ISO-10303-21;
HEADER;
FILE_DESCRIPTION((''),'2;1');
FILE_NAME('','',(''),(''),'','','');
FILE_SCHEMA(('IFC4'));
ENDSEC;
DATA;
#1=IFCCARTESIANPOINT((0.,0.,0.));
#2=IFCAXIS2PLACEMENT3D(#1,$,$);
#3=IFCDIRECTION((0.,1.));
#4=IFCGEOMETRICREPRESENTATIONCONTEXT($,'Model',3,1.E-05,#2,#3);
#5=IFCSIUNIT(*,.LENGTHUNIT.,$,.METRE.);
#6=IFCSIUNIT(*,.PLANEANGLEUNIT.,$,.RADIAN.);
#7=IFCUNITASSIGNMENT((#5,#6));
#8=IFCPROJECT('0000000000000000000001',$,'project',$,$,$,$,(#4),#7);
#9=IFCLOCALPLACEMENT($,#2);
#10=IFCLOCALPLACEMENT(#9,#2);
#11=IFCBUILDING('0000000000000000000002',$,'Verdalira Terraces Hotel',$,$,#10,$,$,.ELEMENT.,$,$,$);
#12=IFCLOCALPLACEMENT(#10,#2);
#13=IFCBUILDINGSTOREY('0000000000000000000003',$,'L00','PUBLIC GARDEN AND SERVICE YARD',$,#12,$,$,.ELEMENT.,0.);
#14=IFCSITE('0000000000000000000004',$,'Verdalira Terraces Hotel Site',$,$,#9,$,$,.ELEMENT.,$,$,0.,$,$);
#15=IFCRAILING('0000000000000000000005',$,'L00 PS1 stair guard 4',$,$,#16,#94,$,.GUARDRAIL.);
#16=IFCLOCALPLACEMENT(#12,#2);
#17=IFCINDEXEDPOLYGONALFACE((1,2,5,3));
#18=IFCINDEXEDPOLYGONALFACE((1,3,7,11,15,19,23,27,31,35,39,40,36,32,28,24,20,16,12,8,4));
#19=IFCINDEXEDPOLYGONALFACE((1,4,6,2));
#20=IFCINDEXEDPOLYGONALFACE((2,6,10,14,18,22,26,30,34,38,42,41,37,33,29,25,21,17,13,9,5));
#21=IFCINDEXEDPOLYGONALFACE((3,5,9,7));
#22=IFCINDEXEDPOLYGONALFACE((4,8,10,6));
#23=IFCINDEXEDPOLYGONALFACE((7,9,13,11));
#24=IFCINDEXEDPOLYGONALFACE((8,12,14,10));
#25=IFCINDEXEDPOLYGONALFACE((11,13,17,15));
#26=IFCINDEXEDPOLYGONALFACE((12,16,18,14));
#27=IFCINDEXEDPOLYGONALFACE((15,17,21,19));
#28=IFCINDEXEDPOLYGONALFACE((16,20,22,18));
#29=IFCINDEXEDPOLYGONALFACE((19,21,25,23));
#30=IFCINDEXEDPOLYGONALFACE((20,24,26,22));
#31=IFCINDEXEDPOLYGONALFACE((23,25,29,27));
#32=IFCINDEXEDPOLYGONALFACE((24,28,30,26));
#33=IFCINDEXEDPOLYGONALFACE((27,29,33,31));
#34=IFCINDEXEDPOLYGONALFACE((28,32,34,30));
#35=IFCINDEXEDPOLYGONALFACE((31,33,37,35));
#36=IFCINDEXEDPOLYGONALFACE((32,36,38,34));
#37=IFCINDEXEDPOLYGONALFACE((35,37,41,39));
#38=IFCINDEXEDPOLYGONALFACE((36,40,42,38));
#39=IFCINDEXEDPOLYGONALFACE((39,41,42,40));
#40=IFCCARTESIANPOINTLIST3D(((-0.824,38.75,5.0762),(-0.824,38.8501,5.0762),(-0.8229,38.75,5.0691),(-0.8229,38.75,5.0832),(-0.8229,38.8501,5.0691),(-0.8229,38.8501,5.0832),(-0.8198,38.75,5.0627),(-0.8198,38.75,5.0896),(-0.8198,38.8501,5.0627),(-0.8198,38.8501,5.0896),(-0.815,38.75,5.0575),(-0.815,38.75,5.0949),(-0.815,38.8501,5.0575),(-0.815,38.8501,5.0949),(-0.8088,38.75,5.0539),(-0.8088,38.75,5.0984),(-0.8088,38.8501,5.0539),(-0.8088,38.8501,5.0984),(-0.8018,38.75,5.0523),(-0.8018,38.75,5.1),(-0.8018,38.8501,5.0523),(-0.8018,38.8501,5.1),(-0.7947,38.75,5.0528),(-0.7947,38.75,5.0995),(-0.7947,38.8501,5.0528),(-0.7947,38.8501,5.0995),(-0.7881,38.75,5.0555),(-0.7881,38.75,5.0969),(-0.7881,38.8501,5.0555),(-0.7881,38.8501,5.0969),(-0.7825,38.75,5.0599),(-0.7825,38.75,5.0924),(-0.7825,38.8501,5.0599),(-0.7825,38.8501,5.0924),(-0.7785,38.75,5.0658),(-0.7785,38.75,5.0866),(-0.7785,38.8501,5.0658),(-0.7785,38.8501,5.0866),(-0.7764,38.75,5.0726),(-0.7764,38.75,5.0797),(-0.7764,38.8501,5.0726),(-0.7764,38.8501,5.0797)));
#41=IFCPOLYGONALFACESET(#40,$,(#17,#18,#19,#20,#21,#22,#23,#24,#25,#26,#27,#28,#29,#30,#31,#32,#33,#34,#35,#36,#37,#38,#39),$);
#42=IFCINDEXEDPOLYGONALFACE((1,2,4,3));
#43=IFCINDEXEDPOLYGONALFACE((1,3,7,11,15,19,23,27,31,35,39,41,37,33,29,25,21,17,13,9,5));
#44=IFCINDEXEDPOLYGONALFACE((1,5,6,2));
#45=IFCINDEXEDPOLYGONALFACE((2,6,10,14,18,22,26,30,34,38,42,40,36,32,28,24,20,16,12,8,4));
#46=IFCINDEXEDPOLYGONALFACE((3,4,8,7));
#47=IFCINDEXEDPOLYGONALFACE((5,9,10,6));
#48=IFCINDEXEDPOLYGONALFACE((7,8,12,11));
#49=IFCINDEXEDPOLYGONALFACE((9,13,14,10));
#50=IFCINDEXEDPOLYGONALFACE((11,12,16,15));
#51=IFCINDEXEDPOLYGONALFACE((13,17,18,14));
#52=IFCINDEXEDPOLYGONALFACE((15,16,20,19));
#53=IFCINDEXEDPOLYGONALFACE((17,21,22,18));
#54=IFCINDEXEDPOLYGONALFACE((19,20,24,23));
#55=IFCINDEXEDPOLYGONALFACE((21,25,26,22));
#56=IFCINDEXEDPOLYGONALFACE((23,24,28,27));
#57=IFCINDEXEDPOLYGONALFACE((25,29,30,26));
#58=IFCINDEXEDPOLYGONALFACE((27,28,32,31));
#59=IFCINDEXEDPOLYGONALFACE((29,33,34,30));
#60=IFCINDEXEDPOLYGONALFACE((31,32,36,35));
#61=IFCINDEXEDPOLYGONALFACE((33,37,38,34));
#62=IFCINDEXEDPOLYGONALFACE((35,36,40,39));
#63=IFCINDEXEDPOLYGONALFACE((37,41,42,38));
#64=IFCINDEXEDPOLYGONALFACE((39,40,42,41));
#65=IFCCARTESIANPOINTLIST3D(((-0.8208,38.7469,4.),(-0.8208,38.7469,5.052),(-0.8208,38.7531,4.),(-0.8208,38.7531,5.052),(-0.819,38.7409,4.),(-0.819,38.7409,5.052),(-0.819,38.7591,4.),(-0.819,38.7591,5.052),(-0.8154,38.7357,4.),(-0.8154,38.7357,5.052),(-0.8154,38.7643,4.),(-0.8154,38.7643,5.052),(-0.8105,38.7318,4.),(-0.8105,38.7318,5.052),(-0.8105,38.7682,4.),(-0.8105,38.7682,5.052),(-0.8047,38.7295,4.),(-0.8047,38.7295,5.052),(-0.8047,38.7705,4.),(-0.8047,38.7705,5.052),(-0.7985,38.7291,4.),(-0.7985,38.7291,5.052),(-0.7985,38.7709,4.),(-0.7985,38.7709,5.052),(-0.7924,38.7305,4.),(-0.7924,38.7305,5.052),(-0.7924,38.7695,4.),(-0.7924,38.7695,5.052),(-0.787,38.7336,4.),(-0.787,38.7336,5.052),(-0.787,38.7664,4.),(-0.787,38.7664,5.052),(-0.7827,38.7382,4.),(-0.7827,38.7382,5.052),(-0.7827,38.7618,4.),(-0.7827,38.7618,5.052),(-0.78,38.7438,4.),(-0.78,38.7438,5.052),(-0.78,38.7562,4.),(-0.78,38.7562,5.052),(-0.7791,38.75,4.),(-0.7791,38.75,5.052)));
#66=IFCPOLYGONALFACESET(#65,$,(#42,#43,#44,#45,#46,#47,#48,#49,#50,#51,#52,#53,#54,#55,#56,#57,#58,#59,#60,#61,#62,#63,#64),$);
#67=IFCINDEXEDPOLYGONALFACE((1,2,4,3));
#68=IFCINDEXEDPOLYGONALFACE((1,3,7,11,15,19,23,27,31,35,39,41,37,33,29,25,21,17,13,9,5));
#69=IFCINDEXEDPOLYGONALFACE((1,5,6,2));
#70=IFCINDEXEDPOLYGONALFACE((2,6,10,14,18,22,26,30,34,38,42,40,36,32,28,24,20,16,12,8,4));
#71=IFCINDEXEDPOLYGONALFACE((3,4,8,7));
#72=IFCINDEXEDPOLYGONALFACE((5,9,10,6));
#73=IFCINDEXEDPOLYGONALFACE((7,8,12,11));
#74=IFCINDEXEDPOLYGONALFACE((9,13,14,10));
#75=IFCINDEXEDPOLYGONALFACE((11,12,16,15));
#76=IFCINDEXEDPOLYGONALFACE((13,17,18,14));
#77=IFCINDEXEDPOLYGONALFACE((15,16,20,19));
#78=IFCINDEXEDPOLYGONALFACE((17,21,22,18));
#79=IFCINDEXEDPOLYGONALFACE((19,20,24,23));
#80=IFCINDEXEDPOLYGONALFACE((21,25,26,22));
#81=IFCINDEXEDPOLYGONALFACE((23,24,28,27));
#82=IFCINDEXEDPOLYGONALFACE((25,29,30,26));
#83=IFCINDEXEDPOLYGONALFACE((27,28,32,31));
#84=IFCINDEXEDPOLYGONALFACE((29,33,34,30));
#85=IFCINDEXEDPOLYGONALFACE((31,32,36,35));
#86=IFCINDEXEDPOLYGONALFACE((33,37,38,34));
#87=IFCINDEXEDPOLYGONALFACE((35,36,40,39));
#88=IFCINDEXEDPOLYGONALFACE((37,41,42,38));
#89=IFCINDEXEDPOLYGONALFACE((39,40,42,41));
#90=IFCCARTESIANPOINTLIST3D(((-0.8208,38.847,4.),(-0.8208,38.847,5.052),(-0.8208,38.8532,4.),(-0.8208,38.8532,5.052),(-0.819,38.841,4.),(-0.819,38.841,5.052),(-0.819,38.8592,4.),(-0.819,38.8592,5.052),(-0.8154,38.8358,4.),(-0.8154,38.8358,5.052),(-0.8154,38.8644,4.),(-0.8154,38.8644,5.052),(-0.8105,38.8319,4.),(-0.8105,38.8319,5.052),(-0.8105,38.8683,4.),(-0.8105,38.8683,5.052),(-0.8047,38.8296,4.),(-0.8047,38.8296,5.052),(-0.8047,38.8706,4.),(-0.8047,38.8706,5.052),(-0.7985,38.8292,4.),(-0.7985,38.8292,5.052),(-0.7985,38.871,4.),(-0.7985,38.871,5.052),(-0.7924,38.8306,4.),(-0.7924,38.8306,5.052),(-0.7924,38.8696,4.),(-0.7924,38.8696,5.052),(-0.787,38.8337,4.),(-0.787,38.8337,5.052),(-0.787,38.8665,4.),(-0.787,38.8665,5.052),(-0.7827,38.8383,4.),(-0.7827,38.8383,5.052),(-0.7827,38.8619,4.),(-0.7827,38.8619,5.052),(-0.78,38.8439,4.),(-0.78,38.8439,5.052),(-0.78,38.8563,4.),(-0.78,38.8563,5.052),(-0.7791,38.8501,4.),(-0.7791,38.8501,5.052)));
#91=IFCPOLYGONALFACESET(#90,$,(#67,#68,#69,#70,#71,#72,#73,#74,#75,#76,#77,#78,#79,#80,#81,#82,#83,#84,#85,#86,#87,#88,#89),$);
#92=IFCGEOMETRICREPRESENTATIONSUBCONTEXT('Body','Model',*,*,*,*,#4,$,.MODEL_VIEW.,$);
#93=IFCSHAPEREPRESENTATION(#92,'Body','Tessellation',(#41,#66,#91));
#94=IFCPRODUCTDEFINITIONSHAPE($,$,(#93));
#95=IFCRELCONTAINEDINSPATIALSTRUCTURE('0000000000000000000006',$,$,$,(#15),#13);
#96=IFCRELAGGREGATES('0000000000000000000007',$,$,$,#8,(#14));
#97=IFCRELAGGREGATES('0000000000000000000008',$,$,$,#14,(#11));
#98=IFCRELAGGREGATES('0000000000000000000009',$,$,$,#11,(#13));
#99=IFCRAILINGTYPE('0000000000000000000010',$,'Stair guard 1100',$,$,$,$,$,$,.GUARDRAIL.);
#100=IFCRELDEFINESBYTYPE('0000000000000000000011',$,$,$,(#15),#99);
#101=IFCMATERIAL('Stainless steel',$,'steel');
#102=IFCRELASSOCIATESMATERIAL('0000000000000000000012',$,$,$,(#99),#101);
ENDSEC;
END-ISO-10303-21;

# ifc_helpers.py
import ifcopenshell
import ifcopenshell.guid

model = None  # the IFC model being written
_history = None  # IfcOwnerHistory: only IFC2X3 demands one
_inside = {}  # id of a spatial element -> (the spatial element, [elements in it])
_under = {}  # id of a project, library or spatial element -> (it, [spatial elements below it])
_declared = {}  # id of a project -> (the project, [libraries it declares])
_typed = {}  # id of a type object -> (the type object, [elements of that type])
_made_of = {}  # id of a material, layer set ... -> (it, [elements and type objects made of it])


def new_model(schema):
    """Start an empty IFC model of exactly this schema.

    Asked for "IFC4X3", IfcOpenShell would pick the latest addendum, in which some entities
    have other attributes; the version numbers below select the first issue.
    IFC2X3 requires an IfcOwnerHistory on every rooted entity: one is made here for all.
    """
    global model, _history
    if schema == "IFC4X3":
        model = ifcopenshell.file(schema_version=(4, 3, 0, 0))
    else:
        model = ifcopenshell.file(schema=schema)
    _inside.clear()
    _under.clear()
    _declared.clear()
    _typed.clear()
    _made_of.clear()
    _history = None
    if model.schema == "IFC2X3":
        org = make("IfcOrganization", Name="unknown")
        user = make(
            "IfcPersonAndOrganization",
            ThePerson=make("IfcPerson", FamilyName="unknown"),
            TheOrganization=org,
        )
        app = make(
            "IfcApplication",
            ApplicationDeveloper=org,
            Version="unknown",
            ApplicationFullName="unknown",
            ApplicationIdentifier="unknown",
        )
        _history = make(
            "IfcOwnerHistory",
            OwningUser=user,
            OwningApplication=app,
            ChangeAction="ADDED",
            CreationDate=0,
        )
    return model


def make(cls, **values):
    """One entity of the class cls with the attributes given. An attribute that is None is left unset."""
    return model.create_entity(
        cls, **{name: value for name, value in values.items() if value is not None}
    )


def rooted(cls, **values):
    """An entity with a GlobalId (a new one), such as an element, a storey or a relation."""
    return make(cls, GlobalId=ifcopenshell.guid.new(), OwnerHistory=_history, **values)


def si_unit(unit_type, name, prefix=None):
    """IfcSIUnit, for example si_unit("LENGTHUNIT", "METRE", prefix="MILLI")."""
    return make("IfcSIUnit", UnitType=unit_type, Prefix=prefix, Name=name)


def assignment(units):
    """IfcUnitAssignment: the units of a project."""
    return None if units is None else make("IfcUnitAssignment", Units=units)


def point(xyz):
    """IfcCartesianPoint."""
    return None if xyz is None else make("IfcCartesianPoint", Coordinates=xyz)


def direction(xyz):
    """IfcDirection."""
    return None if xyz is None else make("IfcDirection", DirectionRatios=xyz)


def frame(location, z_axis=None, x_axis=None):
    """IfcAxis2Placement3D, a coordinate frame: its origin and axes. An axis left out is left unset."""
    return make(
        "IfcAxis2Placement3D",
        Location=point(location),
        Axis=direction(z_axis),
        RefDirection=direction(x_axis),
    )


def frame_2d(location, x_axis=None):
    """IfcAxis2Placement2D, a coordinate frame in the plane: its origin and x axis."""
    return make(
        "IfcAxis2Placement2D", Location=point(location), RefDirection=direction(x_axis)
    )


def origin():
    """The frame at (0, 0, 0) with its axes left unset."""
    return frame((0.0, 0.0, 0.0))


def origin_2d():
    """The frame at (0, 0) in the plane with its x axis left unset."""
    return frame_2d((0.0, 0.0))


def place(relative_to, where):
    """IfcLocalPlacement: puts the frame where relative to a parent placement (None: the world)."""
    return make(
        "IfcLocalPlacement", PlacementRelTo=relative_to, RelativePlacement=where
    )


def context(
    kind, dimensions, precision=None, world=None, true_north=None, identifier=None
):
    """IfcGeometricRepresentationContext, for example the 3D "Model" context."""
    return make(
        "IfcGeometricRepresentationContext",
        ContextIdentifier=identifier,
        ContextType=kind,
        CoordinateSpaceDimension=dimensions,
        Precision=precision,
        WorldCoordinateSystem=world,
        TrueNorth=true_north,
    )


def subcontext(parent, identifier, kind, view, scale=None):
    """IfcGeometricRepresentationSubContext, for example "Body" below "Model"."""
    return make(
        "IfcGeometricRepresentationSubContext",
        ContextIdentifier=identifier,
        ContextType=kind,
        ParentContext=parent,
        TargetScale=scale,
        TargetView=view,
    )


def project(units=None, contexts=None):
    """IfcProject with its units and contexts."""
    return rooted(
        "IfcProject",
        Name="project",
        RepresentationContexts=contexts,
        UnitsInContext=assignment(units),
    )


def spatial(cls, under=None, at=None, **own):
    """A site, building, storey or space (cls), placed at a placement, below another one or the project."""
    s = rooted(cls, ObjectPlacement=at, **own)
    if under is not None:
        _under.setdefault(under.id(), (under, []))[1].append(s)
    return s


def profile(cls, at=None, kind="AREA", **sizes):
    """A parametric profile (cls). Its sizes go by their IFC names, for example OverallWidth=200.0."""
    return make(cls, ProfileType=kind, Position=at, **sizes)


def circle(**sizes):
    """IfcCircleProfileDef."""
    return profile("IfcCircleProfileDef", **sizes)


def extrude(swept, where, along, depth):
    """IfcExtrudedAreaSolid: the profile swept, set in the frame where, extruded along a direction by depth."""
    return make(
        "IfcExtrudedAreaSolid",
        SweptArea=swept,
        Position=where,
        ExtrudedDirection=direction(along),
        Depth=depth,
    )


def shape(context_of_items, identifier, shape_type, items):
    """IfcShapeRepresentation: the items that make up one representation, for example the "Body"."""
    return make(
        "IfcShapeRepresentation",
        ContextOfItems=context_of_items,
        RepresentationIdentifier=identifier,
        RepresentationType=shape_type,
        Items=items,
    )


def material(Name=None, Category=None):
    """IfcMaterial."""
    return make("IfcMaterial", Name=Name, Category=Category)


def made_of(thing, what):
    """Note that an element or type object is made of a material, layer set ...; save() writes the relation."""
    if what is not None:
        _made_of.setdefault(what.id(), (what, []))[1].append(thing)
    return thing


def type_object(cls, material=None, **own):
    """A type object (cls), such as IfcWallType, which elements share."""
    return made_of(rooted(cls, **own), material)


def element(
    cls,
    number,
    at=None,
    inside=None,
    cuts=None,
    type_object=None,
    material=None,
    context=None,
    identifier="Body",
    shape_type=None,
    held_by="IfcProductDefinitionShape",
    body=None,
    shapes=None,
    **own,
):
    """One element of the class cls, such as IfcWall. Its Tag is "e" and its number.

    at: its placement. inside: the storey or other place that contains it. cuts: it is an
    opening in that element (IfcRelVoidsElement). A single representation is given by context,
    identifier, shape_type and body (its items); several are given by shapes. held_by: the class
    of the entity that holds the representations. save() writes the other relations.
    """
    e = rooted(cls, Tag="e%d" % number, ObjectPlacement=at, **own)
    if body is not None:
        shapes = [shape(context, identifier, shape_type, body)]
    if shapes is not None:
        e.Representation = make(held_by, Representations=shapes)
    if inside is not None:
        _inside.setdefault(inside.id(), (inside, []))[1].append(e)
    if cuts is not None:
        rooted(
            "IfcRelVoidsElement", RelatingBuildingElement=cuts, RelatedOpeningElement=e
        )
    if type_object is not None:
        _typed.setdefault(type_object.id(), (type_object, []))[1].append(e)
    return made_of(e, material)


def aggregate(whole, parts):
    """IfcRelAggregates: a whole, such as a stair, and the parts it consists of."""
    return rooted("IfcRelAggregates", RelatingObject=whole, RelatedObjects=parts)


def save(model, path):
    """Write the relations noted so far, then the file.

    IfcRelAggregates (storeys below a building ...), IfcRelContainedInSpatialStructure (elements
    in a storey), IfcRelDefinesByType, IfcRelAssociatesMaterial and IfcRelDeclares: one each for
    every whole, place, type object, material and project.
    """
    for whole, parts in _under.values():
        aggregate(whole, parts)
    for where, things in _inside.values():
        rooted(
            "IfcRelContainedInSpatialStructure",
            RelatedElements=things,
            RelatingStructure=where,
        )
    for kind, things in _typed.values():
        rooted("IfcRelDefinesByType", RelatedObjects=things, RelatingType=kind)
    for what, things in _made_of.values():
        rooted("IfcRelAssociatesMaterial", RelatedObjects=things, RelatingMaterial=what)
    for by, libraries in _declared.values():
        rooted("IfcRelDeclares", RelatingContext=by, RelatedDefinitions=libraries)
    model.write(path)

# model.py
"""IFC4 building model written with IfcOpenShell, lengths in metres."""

from ifc_helpers import new_model, si_unit, direction, frame, origin, origin_2d, place, context, subcontext, project, spatial, circle, extrude, material, type_object, element, save


model = new_model("IFC4")

# Units and contexts
model_context = context("Model", 3, precision=1e-05, world=origin(), true_north=direction((0.0, 1.0)))
body_context = subcontext(model_context, "Body", "Model", "MODEL_VIEW")
ifc_project = project(units=[si_unit("LENGTHUNIT", "METRE"), si_unit("PLANEANGLEUNIT", "RADIAN")], contexts=[model_context])

# Site, building, storey
site_placement = place(None, origin())
site = spatial("IfcSite", under=ifc_project, at=site_placement, Name="Verdalira Terraces Hotel Site", CompositionType="ELEMENT", RefElevation=0.0)
building_placement = place(site_placement, origin())
building = spatial("IfcBuilding", under=site, at=building_placement, Name="Verdalira Terraces Hotel", CompositionType="ELEMENT")
storey_placement = place(building_placement, origin())
storey = spatial("IfcBuildingStorey", under=building, at=storey_placement, Name="L00", Description="PUBLIC GARDEN AND SERVICE YARD", CompositionType="ELEMENT", Elevation=0.0)

# Railing
ifc_material_1 = material(Name="Stainless steel", Category="steel")
railing_type_1 = type_object("IfcRailingType", Name="Stair guard 1100", PredefinedType="GUARDRAIL", material=ifc_material_1)
railing_1_placement = place(storey_placement, frame((-0.8, 38.75, 4.0)))
element("IfcRailing", 1, at=railing_1_placement, inside=storey, type_object=railing_type_1, Name="L00 PS1 stair guard 4", PredefinedType="GUARDRAIL", context=body_context, shape_type="SweptSolid", body=[
    extrude(circle(Radius=0.0239, at=origin_2d()), frame((0.0, 0.0, 1.0762), z_axis=(0.0, 1.0, 0.0), x_axis=(-1.0, 0.0, 0.0)), (0.0, 0.0, 1.0), 0.1001),
    extrude(circle(Radius=0.021, at=origin_2d()), origin(), (0.0, 0.0, 1.0), 1.052),
    extrude(circle(Radius=0.021, at=origin_2d()), frame((0.0, 0.1001, 0.0)), (0.0, 0.0, 1.0), 1.052),
])

save(model, "model.ifc")
